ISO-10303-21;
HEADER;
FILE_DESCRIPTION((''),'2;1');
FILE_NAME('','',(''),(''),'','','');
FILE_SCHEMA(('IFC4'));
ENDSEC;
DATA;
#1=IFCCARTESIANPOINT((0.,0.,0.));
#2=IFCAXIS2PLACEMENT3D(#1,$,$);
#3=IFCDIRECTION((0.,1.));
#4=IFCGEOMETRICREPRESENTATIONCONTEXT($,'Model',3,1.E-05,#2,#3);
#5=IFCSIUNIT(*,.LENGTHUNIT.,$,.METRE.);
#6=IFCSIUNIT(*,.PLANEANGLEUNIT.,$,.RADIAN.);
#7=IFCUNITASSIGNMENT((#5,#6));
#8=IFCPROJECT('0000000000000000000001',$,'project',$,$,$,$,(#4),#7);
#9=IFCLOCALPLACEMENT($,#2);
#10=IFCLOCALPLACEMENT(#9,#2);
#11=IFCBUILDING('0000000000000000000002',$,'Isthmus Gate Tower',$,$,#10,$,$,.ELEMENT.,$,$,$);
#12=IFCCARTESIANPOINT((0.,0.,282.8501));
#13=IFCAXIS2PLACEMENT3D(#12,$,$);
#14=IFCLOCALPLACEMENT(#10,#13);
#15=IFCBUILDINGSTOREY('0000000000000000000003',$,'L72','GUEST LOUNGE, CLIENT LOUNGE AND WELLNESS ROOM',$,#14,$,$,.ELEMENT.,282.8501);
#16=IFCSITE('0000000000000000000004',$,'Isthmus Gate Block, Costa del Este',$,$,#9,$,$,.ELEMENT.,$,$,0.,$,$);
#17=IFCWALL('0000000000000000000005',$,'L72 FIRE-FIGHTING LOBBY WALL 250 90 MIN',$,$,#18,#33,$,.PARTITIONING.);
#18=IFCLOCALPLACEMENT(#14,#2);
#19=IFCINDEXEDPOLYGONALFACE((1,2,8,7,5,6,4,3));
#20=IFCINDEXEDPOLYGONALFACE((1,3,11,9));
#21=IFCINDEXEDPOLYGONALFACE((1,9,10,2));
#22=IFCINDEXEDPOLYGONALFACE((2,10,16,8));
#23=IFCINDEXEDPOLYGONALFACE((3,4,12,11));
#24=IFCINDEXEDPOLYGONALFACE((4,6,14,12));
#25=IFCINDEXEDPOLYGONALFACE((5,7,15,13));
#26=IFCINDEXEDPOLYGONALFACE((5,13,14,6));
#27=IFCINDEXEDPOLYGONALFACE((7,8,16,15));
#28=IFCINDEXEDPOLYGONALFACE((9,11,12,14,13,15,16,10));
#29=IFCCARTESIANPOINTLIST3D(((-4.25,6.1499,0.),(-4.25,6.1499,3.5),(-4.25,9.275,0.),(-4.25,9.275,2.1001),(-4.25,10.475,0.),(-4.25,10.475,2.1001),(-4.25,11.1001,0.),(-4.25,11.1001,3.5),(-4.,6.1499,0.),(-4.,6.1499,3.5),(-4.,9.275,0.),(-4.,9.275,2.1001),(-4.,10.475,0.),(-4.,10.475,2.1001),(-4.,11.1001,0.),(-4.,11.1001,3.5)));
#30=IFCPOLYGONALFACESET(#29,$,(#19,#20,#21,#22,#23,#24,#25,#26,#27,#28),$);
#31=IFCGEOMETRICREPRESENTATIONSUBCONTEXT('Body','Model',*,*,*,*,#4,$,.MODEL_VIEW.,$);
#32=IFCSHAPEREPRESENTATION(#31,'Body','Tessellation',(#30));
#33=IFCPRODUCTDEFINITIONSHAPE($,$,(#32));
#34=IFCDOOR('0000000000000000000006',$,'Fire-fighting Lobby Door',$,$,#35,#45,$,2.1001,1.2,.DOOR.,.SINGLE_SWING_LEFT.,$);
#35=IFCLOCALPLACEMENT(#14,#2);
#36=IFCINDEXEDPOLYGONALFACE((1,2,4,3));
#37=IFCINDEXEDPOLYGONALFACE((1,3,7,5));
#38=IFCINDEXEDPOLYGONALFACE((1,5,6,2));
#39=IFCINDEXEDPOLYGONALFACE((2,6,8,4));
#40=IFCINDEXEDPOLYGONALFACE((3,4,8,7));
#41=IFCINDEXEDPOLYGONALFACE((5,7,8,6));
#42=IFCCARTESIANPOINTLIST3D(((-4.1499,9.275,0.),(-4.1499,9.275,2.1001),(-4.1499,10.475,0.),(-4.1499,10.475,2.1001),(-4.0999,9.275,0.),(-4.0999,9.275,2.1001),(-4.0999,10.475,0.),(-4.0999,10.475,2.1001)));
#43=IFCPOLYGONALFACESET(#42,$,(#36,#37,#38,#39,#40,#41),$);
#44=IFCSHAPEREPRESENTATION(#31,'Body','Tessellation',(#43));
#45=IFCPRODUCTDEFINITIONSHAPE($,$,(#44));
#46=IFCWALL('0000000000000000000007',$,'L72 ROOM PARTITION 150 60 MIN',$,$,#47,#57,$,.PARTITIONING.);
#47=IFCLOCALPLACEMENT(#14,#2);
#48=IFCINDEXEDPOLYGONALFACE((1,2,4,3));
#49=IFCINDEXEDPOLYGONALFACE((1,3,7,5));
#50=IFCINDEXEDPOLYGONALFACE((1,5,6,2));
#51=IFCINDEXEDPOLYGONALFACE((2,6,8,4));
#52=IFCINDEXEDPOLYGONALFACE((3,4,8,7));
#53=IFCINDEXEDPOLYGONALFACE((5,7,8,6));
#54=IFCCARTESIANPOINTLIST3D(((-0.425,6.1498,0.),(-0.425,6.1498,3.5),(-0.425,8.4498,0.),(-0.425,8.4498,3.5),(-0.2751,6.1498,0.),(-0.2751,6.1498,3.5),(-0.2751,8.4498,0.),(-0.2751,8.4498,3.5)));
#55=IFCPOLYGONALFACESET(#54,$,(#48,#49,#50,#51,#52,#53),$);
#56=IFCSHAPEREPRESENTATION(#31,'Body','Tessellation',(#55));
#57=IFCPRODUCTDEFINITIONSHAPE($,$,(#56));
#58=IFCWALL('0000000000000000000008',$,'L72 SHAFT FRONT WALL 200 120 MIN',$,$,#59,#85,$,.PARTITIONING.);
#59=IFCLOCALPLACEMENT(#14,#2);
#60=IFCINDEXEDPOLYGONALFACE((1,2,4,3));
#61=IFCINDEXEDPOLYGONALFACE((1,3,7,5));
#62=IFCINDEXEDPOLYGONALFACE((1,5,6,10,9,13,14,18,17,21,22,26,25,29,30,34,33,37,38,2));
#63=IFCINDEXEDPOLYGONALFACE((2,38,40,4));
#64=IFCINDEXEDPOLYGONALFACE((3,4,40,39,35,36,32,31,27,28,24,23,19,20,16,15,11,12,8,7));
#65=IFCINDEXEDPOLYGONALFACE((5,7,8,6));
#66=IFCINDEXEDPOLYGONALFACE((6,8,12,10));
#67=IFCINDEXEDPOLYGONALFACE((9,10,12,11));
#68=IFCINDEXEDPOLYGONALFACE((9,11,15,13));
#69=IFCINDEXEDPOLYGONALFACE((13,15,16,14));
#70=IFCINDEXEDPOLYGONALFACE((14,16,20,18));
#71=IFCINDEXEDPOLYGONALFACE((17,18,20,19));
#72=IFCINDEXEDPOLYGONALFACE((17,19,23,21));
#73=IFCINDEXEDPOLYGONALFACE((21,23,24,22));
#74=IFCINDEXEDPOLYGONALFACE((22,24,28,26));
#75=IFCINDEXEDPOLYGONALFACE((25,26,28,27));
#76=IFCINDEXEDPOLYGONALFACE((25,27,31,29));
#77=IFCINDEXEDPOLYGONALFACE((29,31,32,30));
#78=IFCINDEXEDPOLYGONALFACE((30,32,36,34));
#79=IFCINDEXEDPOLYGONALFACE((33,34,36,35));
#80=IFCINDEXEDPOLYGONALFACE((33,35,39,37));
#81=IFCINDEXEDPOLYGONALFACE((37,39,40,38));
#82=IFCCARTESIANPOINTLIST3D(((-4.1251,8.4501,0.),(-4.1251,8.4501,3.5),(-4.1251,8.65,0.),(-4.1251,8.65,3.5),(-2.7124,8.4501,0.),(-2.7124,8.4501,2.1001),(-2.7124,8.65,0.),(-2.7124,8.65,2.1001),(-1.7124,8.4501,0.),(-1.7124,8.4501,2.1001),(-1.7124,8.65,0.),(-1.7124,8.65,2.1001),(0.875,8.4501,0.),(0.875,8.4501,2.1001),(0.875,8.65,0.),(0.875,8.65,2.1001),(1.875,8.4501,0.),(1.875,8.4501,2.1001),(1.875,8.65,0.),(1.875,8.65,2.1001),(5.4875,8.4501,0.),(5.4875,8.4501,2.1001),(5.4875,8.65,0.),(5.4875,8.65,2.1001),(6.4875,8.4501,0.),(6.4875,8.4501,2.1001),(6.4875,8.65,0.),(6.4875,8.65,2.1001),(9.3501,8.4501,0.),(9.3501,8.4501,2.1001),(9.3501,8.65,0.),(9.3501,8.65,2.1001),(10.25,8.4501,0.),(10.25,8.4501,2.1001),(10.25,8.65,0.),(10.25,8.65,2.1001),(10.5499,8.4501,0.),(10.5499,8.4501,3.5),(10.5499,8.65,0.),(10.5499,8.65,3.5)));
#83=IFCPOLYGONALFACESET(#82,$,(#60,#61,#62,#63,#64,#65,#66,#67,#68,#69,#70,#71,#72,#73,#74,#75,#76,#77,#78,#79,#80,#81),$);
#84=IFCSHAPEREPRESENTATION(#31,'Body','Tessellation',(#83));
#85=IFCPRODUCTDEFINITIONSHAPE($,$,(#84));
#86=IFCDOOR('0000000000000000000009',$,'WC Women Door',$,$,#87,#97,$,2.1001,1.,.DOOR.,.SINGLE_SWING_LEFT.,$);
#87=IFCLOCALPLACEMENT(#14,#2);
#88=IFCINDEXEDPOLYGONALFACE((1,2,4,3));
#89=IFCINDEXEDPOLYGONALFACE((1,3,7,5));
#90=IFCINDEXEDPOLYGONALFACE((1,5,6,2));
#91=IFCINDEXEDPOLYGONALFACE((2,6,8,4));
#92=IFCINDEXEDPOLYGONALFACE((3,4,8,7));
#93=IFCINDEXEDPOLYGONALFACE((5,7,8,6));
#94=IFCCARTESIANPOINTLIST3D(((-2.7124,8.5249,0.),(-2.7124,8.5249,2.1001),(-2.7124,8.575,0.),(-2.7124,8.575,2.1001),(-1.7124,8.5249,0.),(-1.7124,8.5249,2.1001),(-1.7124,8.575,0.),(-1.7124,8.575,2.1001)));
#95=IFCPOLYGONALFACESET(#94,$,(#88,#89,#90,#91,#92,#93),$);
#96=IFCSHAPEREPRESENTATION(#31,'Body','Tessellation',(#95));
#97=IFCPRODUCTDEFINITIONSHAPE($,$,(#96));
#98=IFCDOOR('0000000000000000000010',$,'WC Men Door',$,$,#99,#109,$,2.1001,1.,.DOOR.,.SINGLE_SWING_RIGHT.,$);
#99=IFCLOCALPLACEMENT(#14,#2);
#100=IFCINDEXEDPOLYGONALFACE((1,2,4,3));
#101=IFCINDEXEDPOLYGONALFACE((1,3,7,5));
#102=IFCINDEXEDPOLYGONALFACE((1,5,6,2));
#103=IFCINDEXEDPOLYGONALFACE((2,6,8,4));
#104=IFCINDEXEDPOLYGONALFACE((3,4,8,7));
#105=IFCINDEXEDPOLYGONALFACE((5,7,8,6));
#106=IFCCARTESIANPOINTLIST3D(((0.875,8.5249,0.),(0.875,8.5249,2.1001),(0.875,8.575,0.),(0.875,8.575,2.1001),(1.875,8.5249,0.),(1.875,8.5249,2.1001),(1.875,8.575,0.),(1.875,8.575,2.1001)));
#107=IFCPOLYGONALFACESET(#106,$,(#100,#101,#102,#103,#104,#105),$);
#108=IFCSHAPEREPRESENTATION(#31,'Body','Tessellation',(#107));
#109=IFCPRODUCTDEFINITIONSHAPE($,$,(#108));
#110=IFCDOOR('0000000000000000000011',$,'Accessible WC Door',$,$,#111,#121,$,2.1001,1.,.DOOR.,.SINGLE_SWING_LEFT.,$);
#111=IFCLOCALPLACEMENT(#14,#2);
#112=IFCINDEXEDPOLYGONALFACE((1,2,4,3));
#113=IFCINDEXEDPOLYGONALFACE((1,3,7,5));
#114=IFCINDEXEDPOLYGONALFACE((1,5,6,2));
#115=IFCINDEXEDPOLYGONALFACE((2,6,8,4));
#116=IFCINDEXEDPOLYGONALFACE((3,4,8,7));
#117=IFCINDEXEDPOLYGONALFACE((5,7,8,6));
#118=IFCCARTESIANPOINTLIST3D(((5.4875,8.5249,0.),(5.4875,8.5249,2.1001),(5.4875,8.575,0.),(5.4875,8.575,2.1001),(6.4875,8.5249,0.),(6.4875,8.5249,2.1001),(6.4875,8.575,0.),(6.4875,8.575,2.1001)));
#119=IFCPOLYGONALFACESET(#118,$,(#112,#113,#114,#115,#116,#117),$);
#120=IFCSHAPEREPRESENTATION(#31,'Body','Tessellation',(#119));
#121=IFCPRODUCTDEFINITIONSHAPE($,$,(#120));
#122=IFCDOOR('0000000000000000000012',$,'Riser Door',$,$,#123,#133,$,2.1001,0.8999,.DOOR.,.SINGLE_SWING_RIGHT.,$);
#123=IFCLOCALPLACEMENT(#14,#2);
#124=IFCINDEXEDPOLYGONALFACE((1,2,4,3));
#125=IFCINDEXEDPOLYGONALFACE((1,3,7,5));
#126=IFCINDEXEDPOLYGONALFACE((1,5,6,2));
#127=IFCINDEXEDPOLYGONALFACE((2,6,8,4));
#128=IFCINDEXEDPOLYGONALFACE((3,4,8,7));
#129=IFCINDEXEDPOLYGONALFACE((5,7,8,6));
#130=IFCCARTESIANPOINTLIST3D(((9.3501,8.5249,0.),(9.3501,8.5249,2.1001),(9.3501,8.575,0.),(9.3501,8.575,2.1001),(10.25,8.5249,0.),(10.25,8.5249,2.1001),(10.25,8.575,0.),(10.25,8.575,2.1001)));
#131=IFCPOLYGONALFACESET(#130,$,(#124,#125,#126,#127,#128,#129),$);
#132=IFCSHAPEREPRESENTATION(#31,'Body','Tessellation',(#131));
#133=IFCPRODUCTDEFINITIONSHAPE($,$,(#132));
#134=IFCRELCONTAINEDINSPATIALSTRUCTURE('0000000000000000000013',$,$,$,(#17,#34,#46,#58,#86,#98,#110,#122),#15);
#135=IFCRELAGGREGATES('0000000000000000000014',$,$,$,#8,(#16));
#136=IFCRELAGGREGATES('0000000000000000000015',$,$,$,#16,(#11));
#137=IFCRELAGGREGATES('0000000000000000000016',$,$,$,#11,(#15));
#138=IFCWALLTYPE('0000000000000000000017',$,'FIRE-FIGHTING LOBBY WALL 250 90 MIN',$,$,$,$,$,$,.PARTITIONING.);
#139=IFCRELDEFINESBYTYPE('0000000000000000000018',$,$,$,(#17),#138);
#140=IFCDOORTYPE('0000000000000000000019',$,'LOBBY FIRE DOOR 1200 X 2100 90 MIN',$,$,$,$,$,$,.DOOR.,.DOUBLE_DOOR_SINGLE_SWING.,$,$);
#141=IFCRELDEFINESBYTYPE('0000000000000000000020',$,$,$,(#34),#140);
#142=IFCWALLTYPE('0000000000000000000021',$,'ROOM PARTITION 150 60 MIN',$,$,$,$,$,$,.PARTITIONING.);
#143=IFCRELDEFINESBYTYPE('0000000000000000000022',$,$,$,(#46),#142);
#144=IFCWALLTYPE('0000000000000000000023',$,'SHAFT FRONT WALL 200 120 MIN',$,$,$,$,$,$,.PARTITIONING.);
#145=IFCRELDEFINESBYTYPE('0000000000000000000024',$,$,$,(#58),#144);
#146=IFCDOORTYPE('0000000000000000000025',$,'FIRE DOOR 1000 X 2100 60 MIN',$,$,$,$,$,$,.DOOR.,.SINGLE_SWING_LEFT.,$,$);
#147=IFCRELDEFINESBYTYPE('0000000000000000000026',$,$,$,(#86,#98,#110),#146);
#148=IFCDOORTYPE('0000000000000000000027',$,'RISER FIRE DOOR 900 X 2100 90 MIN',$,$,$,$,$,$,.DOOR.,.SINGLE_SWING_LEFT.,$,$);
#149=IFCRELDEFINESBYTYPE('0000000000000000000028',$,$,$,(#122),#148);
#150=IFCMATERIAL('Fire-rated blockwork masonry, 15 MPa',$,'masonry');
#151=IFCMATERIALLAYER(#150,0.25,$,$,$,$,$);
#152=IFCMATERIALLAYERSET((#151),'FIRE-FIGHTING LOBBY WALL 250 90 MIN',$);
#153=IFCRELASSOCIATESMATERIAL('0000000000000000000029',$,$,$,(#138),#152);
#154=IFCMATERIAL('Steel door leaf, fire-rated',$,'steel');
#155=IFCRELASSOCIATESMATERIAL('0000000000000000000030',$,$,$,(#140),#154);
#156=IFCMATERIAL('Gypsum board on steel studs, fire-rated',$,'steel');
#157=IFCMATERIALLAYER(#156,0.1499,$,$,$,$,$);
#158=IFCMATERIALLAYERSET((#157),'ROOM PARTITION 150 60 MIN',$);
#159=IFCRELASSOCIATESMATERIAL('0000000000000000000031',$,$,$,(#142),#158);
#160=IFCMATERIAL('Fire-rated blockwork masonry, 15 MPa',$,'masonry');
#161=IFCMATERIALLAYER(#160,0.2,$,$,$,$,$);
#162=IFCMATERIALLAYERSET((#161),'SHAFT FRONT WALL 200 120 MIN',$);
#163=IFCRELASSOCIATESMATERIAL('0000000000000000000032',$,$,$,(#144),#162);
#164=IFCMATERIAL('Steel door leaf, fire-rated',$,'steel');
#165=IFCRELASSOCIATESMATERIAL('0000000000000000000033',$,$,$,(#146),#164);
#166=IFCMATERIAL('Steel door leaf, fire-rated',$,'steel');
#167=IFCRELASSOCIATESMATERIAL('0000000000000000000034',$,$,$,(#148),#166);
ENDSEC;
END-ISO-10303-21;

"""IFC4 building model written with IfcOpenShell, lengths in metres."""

from ifc_helpers import new_model, si_unit, direction, frame, frame_2d, origin, place, context, subcontext, project, spatial, rectangle, extrude, material, layer, layer_set, type_object, element, fill, save


model = new_model("IFC4")

# Units and contexts
model_context = context("Model", 3, precision=1e-05, world=origin(), true_north=direction((0.0, 1.0)))
body_context = subcontext(model_context, "Body", "Model", "MODEL_VIEW")
ifc_project = project(units=[si_unit("LENGTHUNIT", "METRE"), si_unit("PLANEANGLEUNIT", "RADIAN")], contexts=[model_context])

# Site, building, storey
site_placement = place(None, origin())
site = spatial("IfcSite", under=ifc_project, at=site_placement, Name="Isthmus Gate Block, Costa del Este", CompositionType="ELEMENT", RefElevation=0.0)
building_placement = place(site_placement, origin())
building = spatial("IfcBuilding", under=site, at=building_placement, Name="Isthmus Gate Tower", CompositionType="ELEMENT")
storey_placement = place(building_placement, frame((0.0, 0.0, 282.8501)))
storey = spatial("IfcBuildingStorey", under=building, at=storey_placement, Name="L72", Description="GUEST LOUNGE, CLIENT LOUNGE AND WELLNESS ROOM", CompositionType="ELEMENT", Elevation=282.8501)

# Wall, opening, door
ifc_material_1 = material(Name="Fire-rated blockwork masonry, 15 MPa", Category="masonry")
ifc_layer_1 = layer(ifc_material_1, 0.25)
ifc_layer_set_1 = layer_set([ifc_layer_1], Name="FIRE-FIGHTING LOBBY WALL 250 90 MIN")
wall_type_1 = type_object("IfcWallType", Name="FIRE-FIGHTING LOBBY WALL 250 90 MIN", PredefinedType="PARTITIONING", material=ifc_layer_set_1)
wall_1_placement = place(storey_placement, frame((-4.125, 6.1499, 0.0), z_axis=(0.0, 0.0, 1.0), x_axis=(0.0, 1.0, 0.0)))
wall_1 = element("IfcWall", 1, at=wall_1_placement, inside=storey, type_object=wall_type_1, Name="L72 FIRE-FIGHTING LOBBY WALL 250 90 MIN", PredefinedType="PARTITIONING", context=body_context, shape_type="SweptSolid", body=[
    extrude(rectangle(XDim=4.9502, YDim=0.25, at=frame_2d((2.4751, 0.0))), origin(), (0.0, 0.0, 1.0), 3.5),
])
opening_1_placement = place(wall_1_placement, frame((3.125, 0.0, 0.0)))
opening_1 = element("IfcOpeningElement", 2, at=opening_1_placement, cuts=wall_1, PredefinedType="OPENING", context=body_context, shape_type="SweptSolid", body=[
    extrude(rectangle(XDim=1.2, YDim=2.1001, at=frame_2d((0.6001, 1.05))), frame((0.0, 0.135, 0.0), z_axis=(0.0, -1.0, 0.0), x_axis=(1.0, 0.0, 0.0)), (0.0, 0.0, 1.0), 0.27),
])
ifc_material_2 = material(Name="Steel door leaf, fire-rated", Category="steel")
door_type_1 = type_object("IfcDoorType", Name="LOBBY FIRE DOOR 1200 X 2100 90 MIN", OperationType="DOUBLE_DOOR_SINGLE_SWING", PredefinedType="DOOR", material=ifc_material_2)
door_1_placement = place(opening_1_placement, origin())
door_1 = element("IfcDoor", 3, at=door_1_placement, inside=storey, type_object=door_type_1, Name="Fire-fighting Lobby Door", OperationType="SINGLE_SWING_LEFT", OverallHeight=2.1001, OverallWidth=1.2, PredefinedType="DOOR", context=body_context, shape_type="SweptSolid", body=[
    extrude(rectangle(XDim=1.2, YDim=2.1001, at=frame_2d((0.6001, 1.05))), frame((0.0, 0.0249, 0.0), z_axis=(0.0, -1.0, 0.0), x_axis=(1.0, 0.0, 0.0)), (0.0, 0.0, 1.0), 0.05),
])
fill(opening_1, door_1)

# Wall
ifc_material_3 = material(Name="Gypsum board on steel studs, fire-rated", Category="steel")
ifc_layer_2 = layer(ifc_material_3, 0.1499)
ifc_layer_set_2 = layer_set([ifc_layer_2], Name="ROOM PARTITION 150 60 MIN")
wall_type_2 = type_object("IfcWallType", Name="ROOM PARTITION 150 60 MIN", PredefinedType="PARTITIONING", material=ifc_layer_set_2)
wall_2_placement = place(storey_placement, frame((-0.3501, 6.1499, 0.0), z_axis=(0.0, 0.0, 1.0), x_axis=(0.0, 1.0, 0.0)))
element("IfcWall", 4, at=wall_2_placement, inside=storey, type_object=wall_type_2, Name="L72 ROOM PARTITION 150 60 MIN", PredefinedType="PARTITIONING", context=body_context, shape_type="SweptSolid", body=[
    extrude(rectangle(XDim=2.3, YDim=0.1499, at=frame_2d((1.1499, 0.0))), origin(), (0.0, 0.0, 1.0), 3.5),
])

# Wall, openings, doors
ifc_material_4 = material(Name="Fire-rated blockwork masonry, 15 MPa", Category="masonry")
ifc_layer_3 = layer(ifc_material_4, 0.2)
ifc_layer_set_3 = layer_set([ifc_layer_3], Name="SHAFT FRONT WALL 200 120 MIN")
wall_type_3 = type_object("IfcWallType", Name="SHAFT FRONT WALL 200 120 MIN", PredefinedType="PARTITIONING", material=ifc_layer_set_3)
wall_3_placement = place(storey_placement, frame((-4.125, 8.55, 0.0), z_axis=(0.0, 0.0, 1.0), x_axis=(1.0, 0.0, 0.0)))
wall_3 = element("IfcWall", 5, at=wall_3_placement, inside=storey, type_object=wall_type_3, Name="L72 SHAFT FRONT WALL 200 120 MIN", PredefinedType="PARTITIONING", context=body_context, shape_type="SweptSolid", body=[
    extrude(rectangle(XDim=14.675, YDim=0.2, at=frame_2d((7.3374, 0.0))), origin(), (0.0, 0.0, 1.0), 3.5),
])
opening_2_placement = place(wall_3_placement, frame((1.4126, 0.0, 0.0)))
opening_2 = element("IfcOpeningElement", 6, at=opening_2_placement, cuts=wall_3, PredefinedType="OPENING", context=body_context, shape_type="SweptSolid", body=[
    extrude(rectangle(XDim=1.0, YDim=2.1001, at=frame_2d((0.5, 1.05))), frame((0.0, 0.1099, 0.0), z_axis=(0.0, -1.0, 0.0), x_axis=(1.0, 0.0, 0.0)), (0.0, 0.0, 1.0), 0.22),
])
opening_3_placement = place(wall_3_placement, frame((5.0, 0.0, 0.0)))
opening_3 = element("IfcOpeningElement", 7, at=opening_3_placement, cuts=wall_3, PredefinedType="OPENING", context=body_context, shape_type="SweptSolid", body=[
    extrude(rectangle(XDim=1.0, YDim=2.1001, at=frame_2d((0.5, 1.05))), frame((0.0, 0.1099, 0.0), z_axis=(0.0, -1.0, 0.0), x_axis=(1.0, 0.0, 0.0)), (0.0, 0.0, 1.0), 0.22),
])
opening_4_placement = place(wall_3_placement, frame((9.6125, 0.0, 0.0)))
opening_4 = element("IfcOpeningElement", 8, at=opening_4_placement, cuts=wall_3, PredefinedType="OPENING", context=body_context, shape_type="SweptSolid", body=[
    extrude(rectangle(XDim=1.0, YDim=2.1001, at=frame_2d((0.5, 1.05))), frame((0.0, 0.1099, 0.0), z_axis=(0.0, -1.0, 0.0), x_axis=(1.0, 0.0, 0.0)), (0.0, 0.0, 1.0), 0.22),
])
opening_5_placement = place(wall_3_placement, frame((13.4751, 0.0, 0.0)))
opening_5 = element("IfcOpeningElement", 9, at=opening_5_placement, cuts=wall_3, PredefinedType="OPENING", context=body_context, shape_type="SweptSolid", body=[
    extrude(rectangle(XDim=0.8999, YDim=2.1001, at=frame_2d((0.45, 1.05))), frame((0.0, 0.1099, 0.0), z_axis=(0.0, -1.0, 0.0), x_axis=(1.0, 0.0, 0.0)), (0.0, 0.0, 1.0), 0.22),
])
ifc_material_5 = material(Name="Steel door leaf, fire-rated", Category="steel")
door_type_2 = type_object("IfcDoorType", Name="FIRE DOOR 1000 X 2100 60 MIN", OperationType="SINGLE_SWING_LEFT", PredefinedType="DOOR", material=ifc_material_5)
door_2_placement = place(opening_2_placement, origin())
door_2 = element("IfcDoor", 10, at=door_2_placement, inside=storey, type_object=door_type_2, Name="WC Women Door", OperationType="SINGLE_SWING_LEFT", OverallHeight=2.1001, OverallWidth=1.0, PredefinedType="DOOR", context=body_context, shape_type="SweptSolid", body=[
    extrude(rectangle(XDim=1.0, YDim=2.1001, at=frame_2d((0.5, 1.05))), frame((0.0, 0.0249, 0.0), z_axis=(0.0, -1.0, 0.0), x_axis=(1.0, 0.0, 0.0)), (0.0, 0.0, 1.0), 0.05),
])
fill(opening_2, door_2)
door_3_placement = place(opening_3_placement, origin())
door_3 = element("IfcDoor", 11, at=door_3_placement, inside=storey, type_object=door_type_2, Name="WC Men Door", OperationType="SINGLE_SWING_RIGHT", OverallHeight=2.1001, OverallWidth=1.0, PredefinedType="DOOR", context=body_context, shape_type="SweptSolid", body=[
    extrude(rectangle(XDim=1.0, YDim=2.1001, at=frame_2d((0.5, 1.05))), frame((0.0, 0.0249, 0.0), z_axis=(0.0, -1.0, 0.0), x_axis=(1.0, 0.0, 0.0)), (0.0, 0.0, 1.0), 0.05),
])
fill(opening_3, door_3)
door_4_placement = place(opening_4_placement, origin())
door_4 = element("IfcDoor", 12, at=door_4_placement, inside=storey, type_object=door_type_2, Name="Accessible WC Door", OperationType="SINGLE_SWING_LEFT", OverallHeight=2.1001, OverallWidth=1.0, PredefinedType="DOOR", context=body_context, shape_type="SweptSolid", body=[
    extrude(rectangle(XDim=1.0, YDim=2.1001, at=frame_2d((0.5, 1.05))), frame((0.0, 0.0249, 0.0), z_axis=(0.0, -1.0, 0.0), x_axis=(1.0, 0.0, 0.0)), (0.0, 0.0, 1.0), 0.05),
])
fill(opening_4, door_4)
ifc_material_6 = material(Name="Steel door leaf, fire-rated", Category="steel")
door_type_3 = type_object("IfcDoorType", Name="RISER FIRE DOOR 900 X 2100 90 MIN", OperationType="SINGLE_SWING_LEFT", PredefinedType="DOOR", material=ifc_material_6)
door_5_placement = place(opening_5_placement, origin())
door_5 = element("IfcDoor", 13, at=door_5_placement, inside=storey, type_object=door_type_3, Name="Riser Door", OperationType="SINGLE_SWING_RIGHT", OverallHeight=2.1001, OverallWidth=0.8999, PredefinedType="DOOR", context=body_context, shape_type="SweptSolid", body=[
    extrude(rectangle(XDim=0.8999, YDim=2.1001, at=frame_2d((0.45, 1.05))), frame((0.0, 0.0249, 0.0), z_axis=(0.0, -1.0, 0.0), x_axis=(1.0, 0.0, 0.0)), (0.0, 0.0, 1.0), 0.05),
])
fill(opening_5, door_5)

save(model, "model.ifc")
